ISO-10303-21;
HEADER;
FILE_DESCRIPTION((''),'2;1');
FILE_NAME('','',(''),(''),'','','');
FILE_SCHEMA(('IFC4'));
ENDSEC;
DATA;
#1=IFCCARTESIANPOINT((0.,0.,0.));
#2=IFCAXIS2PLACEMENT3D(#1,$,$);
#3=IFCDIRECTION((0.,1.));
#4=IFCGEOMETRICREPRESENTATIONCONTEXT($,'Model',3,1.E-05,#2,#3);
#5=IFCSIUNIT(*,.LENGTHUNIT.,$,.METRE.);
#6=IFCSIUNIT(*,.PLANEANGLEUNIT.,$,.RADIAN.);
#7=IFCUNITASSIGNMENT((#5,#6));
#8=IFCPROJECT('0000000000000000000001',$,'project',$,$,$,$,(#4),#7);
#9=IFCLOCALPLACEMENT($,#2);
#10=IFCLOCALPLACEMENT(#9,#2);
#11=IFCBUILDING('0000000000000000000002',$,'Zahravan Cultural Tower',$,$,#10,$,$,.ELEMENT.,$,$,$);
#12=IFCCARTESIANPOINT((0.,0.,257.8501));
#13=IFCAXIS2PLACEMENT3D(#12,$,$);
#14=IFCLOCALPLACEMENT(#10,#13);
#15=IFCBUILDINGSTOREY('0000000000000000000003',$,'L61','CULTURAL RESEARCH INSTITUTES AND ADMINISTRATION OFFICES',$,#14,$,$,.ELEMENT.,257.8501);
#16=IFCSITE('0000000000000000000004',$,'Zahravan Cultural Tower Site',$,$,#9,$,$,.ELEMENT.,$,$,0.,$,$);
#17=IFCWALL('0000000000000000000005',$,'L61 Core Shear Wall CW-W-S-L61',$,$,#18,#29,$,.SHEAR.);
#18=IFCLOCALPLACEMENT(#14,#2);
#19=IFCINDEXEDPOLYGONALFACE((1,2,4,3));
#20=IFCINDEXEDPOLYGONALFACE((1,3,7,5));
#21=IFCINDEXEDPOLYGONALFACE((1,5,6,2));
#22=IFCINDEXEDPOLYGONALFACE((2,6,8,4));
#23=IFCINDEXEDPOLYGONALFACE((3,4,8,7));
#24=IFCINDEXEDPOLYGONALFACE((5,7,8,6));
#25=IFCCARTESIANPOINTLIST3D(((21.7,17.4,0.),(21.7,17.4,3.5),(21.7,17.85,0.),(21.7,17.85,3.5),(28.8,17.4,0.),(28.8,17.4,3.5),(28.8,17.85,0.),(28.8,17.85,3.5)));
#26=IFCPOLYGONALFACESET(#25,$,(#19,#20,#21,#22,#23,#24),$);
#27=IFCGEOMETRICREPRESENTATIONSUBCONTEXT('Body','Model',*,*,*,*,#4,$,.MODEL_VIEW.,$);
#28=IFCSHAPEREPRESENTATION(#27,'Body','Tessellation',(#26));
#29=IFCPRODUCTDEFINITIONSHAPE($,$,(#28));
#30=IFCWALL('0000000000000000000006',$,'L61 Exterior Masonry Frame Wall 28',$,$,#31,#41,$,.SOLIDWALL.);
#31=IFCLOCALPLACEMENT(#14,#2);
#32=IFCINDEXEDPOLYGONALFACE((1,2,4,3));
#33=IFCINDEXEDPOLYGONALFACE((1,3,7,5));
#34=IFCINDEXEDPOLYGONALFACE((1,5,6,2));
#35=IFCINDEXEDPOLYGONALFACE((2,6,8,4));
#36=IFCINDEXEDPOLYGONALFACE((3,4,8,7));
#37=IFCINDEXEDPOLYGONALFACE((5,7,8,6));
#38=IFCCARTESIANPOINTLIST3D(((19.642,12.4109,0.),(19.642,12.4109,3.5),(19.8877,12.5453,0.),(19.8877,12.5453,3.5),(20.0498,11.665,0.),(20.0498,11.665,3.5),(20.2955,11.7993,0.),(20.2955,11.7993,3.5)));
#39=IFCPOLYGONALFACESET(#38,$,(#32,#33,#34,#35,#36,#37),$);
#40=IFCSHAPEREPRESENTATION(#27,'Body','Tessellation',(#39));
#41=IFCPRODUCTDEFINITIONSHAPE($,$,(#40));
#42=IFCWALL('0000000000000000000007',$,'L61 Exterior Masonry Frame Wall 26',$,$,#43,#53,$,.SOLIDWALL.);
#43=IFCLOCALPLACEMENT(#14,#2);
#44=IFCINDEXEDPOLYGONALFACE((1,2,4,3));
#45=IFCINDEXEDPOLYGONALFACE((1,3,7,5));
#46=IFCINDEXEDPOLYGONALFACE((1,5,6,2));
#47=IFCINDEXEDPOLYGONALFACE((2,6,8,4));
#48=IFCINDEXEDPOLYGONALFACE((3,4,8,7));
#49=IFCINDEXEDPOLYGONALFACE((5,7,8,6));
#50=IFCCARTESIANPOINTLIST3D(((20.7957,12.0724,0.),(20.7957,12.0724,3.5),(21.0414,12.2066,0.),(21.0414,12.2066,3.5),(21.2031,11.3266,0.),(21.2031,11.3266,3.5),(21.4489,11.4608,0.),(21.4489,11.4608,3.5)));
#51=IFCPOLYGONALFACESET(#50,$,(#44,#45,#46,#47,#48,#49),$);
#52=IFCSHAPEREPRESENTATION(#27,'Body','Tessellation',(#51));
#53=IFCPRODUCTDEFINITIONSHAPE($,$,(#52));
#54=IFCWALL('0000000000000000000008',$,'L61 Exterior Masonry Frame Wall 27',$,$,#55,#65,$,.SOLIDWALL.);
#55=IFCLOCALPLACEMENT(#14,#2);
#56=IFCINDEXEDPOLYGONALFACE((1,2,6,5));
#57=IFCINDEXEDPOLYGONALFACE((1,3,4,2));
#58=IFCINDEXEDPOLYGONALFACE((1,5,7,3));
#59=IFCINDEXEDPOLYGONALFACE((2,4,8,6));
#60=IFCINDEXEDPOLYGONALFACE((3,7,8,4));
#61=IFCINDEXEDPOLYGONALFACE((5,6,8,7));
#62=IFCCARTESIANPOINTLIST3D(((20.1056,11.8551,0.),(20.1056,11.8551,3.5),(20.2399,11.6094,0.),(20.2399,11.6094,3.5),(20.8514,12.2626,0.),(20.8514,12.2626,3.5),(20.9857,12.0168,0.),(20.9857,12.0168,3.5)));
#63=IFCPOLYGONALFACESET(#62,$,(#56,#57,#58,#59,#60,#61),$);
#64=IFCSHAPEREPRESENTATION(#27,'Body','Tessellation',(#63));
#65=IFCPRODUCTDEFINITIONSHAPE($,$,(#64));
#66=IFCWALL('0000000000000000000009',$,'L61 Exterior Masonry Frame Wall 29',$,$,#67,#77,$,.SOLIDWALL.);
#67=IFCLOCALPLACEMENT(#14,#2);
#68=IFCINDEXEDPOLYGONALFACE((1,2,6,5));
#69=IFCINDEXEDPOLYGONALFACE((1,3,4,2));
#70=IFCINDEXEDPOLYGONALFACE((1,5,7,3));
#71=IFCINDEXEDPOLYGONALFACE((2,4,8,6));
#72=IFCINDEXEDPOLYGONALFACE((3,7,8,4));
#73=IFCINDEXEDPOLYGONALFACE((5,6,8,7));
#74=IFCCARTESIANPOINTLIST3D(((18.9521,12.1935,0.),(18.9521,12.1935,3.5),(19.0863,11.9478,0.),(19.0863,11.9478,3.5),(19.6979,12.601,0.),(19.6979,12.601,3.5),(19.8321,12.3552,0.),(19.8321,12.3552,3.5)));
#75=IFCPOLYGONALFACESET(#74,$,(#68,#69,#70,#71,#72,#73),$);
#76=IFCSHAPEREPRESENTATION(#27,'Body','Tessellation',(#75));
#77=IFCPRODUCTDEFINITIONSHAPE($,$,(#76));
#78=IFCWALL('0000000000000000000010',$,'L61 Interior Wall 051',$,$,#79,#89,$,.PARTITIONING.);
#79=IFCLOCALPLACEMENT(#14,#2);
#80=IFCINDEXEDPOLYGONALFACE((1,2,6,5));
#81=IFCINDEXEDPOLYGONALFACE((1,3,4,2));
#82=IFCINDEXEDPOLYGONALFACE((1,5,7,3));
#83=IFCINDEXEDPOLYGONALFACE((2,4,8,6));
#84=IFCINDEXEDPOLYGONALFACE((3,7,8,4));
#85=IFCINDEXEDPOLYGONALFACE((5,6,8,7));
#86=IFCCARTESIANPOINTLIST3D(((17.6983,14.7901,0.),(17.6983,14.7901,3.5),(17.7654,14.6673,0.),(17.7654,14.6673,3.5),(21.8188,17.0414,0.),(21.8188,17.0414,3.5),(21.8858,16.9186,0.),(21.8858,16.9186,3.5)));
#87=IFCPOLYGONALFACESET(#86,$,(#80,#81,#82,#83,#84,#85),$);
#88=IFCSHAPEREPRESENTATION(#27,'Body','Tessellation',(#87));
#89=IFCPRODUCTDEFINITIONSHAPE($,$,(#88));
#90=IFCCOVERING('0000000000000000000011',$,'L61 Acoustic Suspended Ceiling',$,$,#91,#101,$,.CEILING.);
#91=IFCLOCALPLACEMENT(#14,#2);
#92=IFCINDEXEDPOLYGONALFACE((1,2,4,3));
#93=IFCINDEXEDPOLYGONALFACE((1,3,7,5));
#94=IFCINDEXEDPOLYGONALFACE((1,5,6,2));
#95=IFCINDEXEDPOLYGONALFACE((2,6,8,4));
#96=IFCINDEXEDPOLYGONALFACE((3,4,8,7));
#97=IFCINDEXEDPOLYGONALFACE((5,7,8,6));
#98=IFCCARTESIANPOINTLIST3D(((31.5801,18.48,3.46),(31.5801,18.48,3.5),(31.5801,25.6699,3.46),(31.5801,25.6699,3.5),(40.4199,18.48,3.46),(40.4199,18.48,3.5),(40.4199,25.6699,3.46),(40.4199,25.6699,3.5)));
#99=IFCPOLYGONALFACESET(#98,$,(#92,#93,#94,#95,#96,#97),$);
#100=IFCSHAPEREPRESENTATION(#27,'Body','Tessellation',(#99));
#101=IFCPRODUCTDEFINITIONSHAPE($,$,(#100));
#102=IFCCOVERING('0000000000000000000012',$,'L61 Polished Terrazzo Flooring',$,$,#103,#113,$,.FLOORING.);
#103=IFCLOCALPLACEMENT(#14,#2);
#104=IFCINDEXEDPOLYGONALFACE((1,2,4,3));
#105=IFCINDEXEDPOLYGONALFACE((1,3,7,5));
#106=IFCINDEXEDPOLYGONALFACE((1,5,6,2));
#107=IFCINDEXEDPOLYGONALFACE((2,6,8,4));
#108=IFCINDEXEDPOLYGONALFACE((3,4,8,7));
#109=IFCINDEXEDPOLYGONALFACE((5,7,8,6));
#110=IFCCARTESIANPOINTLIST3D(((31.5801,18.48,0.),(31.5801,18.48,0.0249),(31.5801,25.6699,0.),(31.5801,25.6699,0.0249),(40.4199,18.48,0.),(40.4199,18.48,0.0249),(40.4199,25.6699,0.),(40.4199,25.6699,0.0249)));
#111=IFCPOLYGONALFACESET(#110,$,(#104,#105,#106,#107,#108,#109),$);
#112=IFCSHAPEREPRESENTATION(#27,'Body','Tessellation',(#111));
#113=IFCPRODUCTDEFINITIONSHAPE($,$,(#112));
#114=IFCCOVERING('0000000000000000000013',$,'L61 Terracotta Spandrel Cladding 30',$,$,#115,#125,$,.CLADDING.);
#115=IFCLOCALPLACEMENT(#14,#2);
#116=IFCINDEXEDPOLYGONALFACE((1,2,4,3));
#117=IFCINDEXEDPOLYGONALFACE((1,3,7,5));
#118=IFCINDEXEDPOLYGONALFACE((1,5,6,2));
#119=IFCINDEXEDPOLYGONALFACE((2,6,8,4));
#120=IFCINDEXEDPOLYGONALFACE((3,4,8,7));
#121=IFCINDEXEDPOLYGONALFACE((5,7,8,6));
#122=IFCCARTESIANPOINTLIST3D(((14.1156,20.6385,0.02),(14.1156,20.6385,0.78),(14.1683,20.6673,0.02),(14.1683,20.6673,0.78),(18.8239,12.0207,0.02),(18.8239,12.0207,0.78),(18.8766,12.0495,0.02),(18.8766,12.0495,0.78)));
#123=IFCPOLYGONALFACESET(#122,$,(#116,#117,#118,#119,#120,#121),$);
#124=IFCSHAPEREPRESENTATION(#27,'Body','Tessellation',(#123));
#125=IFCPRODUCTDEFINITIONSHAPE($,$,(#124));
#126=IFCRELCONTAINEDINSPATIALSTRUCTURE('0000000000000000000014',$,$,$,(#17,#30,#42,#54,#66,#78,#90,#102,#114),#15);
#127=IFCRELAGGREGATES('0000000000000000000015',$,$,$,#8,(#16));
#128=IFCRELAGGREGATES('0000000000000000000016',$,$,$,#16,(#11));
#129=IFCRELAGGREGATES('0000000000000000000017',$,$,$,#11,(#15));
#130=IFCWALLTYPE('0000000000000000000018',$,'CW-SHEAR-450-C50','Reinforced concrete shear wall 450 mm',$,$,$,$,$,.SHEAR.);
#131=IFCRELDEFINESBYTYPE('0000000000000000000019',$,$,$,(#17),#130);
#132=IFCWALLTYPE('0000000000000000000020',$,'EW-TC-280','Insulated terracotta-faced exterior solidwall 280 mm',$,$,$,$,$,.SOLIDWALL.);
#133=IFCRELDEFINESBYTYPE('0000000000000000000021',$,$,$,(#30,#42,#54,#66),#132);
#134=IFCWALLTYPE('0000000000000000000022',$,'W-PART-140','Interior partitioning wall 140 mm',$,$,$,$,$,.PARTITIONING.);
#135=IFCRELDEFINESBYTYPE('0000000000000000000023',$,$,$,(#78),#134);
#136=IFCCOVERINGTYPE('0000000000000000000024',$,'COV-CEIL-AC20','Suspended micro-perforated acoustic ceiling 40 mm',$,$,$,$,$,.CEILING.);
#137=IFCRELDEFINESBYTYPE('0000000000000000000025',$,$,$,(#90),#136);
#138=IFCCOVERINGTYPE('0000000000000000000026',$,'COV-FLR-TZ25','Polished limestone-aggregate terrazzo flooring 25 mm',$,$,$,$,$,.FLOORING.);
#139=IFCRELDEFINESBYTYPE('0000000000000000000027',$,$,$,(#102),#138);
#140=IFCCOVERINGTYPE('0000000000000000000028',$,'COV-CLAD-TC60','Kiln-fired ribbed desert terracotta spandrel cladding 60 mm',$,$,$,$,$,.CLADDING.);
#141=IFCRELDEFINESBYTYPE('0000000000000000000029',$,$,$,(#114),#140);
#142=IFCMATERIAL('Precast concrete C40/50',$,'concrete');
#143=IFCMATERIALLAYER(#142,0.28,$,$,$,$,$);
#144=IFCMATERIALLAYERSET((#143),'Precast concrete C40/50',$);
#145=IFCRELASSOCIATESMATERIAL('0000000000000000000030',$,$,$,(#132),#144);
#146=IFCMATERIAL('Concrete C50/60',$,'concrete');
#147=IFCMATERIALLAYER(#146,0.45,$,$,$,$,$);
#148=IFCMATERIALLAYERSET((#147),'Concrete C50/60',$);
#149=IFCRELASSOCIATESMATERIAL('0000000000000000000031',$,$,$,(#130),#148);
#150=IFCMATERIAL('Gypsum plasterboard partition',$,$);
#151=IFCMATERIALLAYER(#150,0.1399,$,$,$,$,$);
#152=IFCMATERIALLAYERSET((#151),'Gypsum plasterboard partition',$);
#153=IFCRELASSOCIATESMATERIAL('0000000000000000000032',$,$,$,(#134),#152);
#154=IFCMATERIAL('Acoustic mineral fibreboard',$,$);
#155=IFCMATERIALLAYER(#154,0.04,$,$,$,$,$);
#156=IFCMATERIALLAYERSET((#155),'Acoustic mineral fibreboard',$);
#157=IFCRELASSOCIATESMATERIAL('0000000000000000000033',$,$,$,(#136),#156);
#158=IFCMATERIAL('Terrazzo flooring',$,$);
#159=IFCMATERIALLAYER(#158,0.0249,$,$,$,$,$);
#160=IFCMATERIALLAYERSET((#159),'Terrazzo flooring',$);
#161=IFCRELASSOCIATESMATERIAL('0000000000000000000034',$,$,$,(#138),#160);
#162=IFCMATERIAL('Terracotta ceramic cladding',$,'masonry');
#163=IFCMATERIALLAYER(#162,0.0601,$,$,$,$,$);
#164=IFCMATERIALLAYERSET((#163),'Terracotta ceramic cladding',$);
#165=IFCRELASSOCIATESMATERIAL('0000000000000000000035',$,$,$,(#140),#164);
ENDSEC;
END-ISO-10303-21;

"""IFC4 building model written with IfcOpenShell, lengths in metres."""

from ifc_helpers import new_model, si_unit, direction, frame, frame_2d, origin, origin_2d, place, context, subcontext, project, spatial, polyline, rectangle, outline, extrude, source, transform, mapped, material, layer, layer_set, type_object, element, save


model = new_model("IFC4")

# Units and contexts
model_context = context("Model", 3, precision=1e-05, world=origin(), true_north=direction((0.0, 1.0)))
body_context = subcontext(model_context, "Body", "Model", "MODEL_VIEW")
ifc_project = project(units=[si_unit("LENGTHUNIT", "METRE"), si_unit("PLANEANGLEUNIT", "RADIAN")], contexts=[model_context])

# Site, building, storey
site_placement = place(None, origin())
site = spatial("IfcSite", under=ifc_project, at=site_placement, Name="Zahravan Cultural Tower Site", CompositionType="ELEMENT", RefElevation=0.0)
building_placement = place(site_placement, origin())
building = spatial("IfcBuilding", under=site, at=building_placement, Name="Zahravan Cultural Tower", CompositionType="ELEMENT")
storey_placement = place(building_placement, frame((0.0, 0.0, 257.8501)))
storey = spatial("IfcBuildingStorey", under=building, at=storey_placement, Name="L61", Description="CULTURAL RESEARCH INSTITUTES AND ADMINISTRATION OFFICES", CompositionType="ELEMENT", Elevation=257.8501)

# Shared definitions
ifc_material_1 = material(Name="Concrete C50/60", Category="concrete")

# Shared definitions
ifc_material_2 = material(Name="Precast concrete C40/50", Category="concrete")
ifc_layer_1 = layer(ifc_material_2, 0.28)
ifc_layer_set_1 = layer_set([ifc_layer_1], Name="Precast concrete C40/50")
wall_type_1 = type_object("IfcWallType", Name="EW-TC-280", Description="Insulated terracotta-faced exterior solidwall 280 mm", PredefinedType="SOLIDWALL", material=ifc_layer_set_1)

# Walls
ifc_layer_2 = layer(ifc_material_1, 0.45)
ifc_layer_set_2 = layer_set([ifc_layer_2], Name="Concrete C50/60")
wall_type_2 = type_object("IfcWallType", Name="CW-SHEAR-450-C50", Description="Reinforced concrete shear wall 450 mm", PredefinedType="SHEAR", material=ifc_layer_set_2)
shared_shape_1 = source(origin(), body_context, "Body", "SweptSolid", [
    extrude(rectangle(XDim=7.1001, YDim=0.45, at=frame_2d((3.55, 0.0))), origin(), (0.0, 0.0, 1.0), 3.5),
])
wall_1_placement = place(storey_placement, frame((21.7, 17.625, 0.0), z_axis=(0.0, 0.0, 1.0), x_axis=(1.0, 0.0, 0.0)))
element("IfcWall", 1, at=wall_1_placement, inside=storey, type_object=wall_type_2, Name="L61 Core Shear Wall CW-W-S-L61", PredefinedType="SHEAR", context=body_context, shape_type="MappedRepresentation", body=[
    mapped(shared_shape_1, transform((0.0, 0.0, 0.0), x_axis=(1.0, 0.0, 0.0), y_axis=(0.0, 1.0, 0.0), z_axis=(0.0, 0.0, 1.0), scale=1.0)),
])
shared_shape_2 = source(origin(), body_context, "Body", "SweptSolid", [
    extrude(rectangle(XDim=0.8501, YDim=0.28, at=frame_2d((0.425, 0.0))), origin(), (0.0, 0.0, 1.0), 3.5),
])
wall_2_placement = place(storey_placement, frame((20.1726, 11.7322, 0.0), z_axis=(0.0, 0.0, 1.0), x_axis=(-0.479657, 0.877456, 0.0)))
element("IfcWall", 2, at=wall_2_placement, inside=storey, type_object=wall_type_1, Name="L61 Exterior Masonry Frame Wall 28", PredefinedType="SOLIDWALL", context=body_context, shape_type="MappedRepresentation", body=[
    mapped(shared_shape_2, transform((0.0, 0.0, 0.0), x_axis=(1.0, 0.0, 0.0), y_axis=(0.0, 1.0, 0.0), z_axis=(0.0, 0.0, 1.0), scale=1.0)),
])
shared_shape_3 = source(origin(), body_context, "Body", "SweptSolid", [
    extrude(rectangle(XDim=0.8499, YDim=0.28, at=frame_2d((0.4248, 0.0))), origin(), (0.0, 0.0, 1.0), 3.5),
])
for number, where, z_axis, x_axis, name in (
    (3, (21.3259, 11.3938, 0.0), (0.0, 0.0, 1.0), (-0.479436, 0.877577, 0.0), "L61 Exterior Masonry Frame Wall 26"),
    (4, (20.9185, 12.1396, 0.0), (0.0, 0.0, 1.0), (-0.877577, -0.479436, 0.0), "L61 Exterior Masonry Frame Wall 27"),
    (5, (19.7649, 12.478, 0.0), (0.0, 0.0, 1.0), (-0.877577, -0.479436, 0.0), "L61 Exterior Masonry Frame Wall 29"),
):
    element("IfcWall", number, at=place(storey_placement, frame(where, z_axis=z_axis, x_axis=x_axis)), inside=storey, type_object=wall_type_1, Name=name, PredefinedType="SOLIDWALL", context=body_context, shape_type="MappedRepresentation", body=[
        mapped(shared_shape_3, transform((0.0, 0.0, 0.0), x_axis=(1.0, 0.0, 0.0), y_axis=(0.0, 1.0, 0.0), z_axis=(0.0, 0.0, 1.0), scale=1.0)),
    ])
ifc_material_3 = material(Name="Gypsum plasterboard partition")
ifc_layer_3 = layer(ifc_material_3, 0.1399)
ifc_layer_set_3 = layer_set([ifc_layer_3], Name="Gypsum plasterboard partition")
wall_type_3 = type_object("IfcWallType", Name="W-PART-140", Description="Interior partitioning wall 140 mm", PredefinedType="PARTITIONING", material=ifc_layer_set_3)
shared_shape_4 = source(origin(), body_context, "Body", "SweptSolid", [
    extrude(rectangle(XDim=4.6953, YDim=0.1399, at=frame_2d((2.3477, 0.0))), origin(), (0.0, 0.0, 1.0), 3.5),
])
wall_3_placement = place(storey_placement, frame((21.8523, 16.98, 0.0), z_axis=(0.0, 0.0, 1.0), x_axis=(-0.87756, -0.479468, 0.0)))
element("IfcWall", 6, at=wall_3_placement, inside=storey, type_object=wall_type_3, Name="L61 Interior Wall 051", PredefinedType="PARTITIONING", context=body_context, shape_type="MappedRepresentation", body=[
    mapped(shared_shape_4, transform((0.0, 0.0, 0.0), x_axis=(1.0, 0.0, 0.0), y_axis=(0.0, 1.0, 0.0), z_axis=(0.0, 0.0, 1.0), scale=1.0)),
])

# Coverings
ifc_material_4 = material(Name="Acoustic mineral fibreboard")
ifc_layer_4 = layer(ifc_material_4, 0.04)
ifc_layer_set_4 = layer_set([ifc_layer_4], Name="Acoustic mineral fibreboard")
covering_type_1 = type_object("IfcCoveringType", Name="COV-CEIL-AC20", Description="Suspended micro-perforated acoustic ceiling 40 mm", PredefinedType="CEILING", material=ifc_layer_set_4)
covering_1_placement = place(storey_placement, frame((0.0, 0.0, 3.46)))
element("IfcCovering", 7, at=covering_1_placement, inside=storey, type_object=covering_type_1, Name="L61 Acoustic Suspended Ceiling", PredefinedType="CEILING", context=body_context, shape_type="SweptSolid", body=[
    extrude(outline(polyline([(40.4199, 25.6699), (31.5801, 25.6699), (31.5801, 18.48), (40.4199, 18.48), (40.4199, 25.6699)])), origin(), (0.0, 0.0, 1.0), 0.04),
])
ifc_material_5 = material(Name="Terrazzo flooring")
ifc_layer_5 = layer(ifc_material_5, 0.0249)
ifc_layer_set_5 = layer_set([ifc_layer_5], Name="Terrazzo flooring")
covering_type_2 = type_object("IfcCoveringType", Name="COV-FLR-TZ25", Description="Polished limestone-aggregate terrazzo flooring 25 mm", PredefinedType="FLOORING", material=ifc_layer_set_5)
covering_2_placement = place(storey_placement, origin())
element("IfcCovering", 8, at=covering_2_placement, inside=storey, type_object=covering_type_2, Name="L61 Polished Terrazzo Flooring", PredefinedType="FLOORING", context=body_context, shape_type="SweptSolid", body=[
    extrude(outline(polyline([(40.4199, 25.6699), (31.5801, 25.6699), (31.5801, 18.48), (40.4199, 18.48), (40.4199, 25.6699)])), origin(), (0.0, 0.0, 1.0), 0.0249),
])
ifc_material_6 = material(Name="Terracotta ceramic cladding", Category="masonry")
ifc_layer_6 = layer(ifc_material_6, 0.0601)
ifc_layer_set_6 = layer_set([ifc_layer_6], Name="Terracotta ceramic cladding")
covering_type_3 = type_object("IfcCoveringType", Name="COV-CLAD-TC60", Description="Kiln-fired ribbed desert terracotta spandrel cladding 60 mm", PredefinedType="CLADDING", material=ifc_layer_set_6)
shared_shape_5 = source(origin(), body_context, "Body", "SweptSolid", [
    extrude(rectangle(XDim=9.8201, YDim=0.0601, at=origin_2d()), origin(), (0.0, 0.0, 1.0), 0.76),
])
covering_3_placement = place(storey_placement, frame((16.4961, 16.344, 0.02), z_axis=(0.0, 0.0, 1.0), x_axis=(-0.479458, 0.877565, 0.0)))
element("IfcCovering", 9, at=covering_3_placement, inside=storey, type_object=covering_type_3, Name="L61 Terracotta Spandrel Cladding 30", PredefinedType="CLADDING", context=body_context, shape_type="MappedRepresentation", body=[
    mapped(shared_shape_5, transform((0.0, 0.0, 0.0), x_axis=(1.0, 0.0, 0.0), y_axis=(0.0, 1.0, 0.0), z_axis=(0.0, 0.0, 1.0), scale=1.0)),
])

save(model, "model.ifc")
